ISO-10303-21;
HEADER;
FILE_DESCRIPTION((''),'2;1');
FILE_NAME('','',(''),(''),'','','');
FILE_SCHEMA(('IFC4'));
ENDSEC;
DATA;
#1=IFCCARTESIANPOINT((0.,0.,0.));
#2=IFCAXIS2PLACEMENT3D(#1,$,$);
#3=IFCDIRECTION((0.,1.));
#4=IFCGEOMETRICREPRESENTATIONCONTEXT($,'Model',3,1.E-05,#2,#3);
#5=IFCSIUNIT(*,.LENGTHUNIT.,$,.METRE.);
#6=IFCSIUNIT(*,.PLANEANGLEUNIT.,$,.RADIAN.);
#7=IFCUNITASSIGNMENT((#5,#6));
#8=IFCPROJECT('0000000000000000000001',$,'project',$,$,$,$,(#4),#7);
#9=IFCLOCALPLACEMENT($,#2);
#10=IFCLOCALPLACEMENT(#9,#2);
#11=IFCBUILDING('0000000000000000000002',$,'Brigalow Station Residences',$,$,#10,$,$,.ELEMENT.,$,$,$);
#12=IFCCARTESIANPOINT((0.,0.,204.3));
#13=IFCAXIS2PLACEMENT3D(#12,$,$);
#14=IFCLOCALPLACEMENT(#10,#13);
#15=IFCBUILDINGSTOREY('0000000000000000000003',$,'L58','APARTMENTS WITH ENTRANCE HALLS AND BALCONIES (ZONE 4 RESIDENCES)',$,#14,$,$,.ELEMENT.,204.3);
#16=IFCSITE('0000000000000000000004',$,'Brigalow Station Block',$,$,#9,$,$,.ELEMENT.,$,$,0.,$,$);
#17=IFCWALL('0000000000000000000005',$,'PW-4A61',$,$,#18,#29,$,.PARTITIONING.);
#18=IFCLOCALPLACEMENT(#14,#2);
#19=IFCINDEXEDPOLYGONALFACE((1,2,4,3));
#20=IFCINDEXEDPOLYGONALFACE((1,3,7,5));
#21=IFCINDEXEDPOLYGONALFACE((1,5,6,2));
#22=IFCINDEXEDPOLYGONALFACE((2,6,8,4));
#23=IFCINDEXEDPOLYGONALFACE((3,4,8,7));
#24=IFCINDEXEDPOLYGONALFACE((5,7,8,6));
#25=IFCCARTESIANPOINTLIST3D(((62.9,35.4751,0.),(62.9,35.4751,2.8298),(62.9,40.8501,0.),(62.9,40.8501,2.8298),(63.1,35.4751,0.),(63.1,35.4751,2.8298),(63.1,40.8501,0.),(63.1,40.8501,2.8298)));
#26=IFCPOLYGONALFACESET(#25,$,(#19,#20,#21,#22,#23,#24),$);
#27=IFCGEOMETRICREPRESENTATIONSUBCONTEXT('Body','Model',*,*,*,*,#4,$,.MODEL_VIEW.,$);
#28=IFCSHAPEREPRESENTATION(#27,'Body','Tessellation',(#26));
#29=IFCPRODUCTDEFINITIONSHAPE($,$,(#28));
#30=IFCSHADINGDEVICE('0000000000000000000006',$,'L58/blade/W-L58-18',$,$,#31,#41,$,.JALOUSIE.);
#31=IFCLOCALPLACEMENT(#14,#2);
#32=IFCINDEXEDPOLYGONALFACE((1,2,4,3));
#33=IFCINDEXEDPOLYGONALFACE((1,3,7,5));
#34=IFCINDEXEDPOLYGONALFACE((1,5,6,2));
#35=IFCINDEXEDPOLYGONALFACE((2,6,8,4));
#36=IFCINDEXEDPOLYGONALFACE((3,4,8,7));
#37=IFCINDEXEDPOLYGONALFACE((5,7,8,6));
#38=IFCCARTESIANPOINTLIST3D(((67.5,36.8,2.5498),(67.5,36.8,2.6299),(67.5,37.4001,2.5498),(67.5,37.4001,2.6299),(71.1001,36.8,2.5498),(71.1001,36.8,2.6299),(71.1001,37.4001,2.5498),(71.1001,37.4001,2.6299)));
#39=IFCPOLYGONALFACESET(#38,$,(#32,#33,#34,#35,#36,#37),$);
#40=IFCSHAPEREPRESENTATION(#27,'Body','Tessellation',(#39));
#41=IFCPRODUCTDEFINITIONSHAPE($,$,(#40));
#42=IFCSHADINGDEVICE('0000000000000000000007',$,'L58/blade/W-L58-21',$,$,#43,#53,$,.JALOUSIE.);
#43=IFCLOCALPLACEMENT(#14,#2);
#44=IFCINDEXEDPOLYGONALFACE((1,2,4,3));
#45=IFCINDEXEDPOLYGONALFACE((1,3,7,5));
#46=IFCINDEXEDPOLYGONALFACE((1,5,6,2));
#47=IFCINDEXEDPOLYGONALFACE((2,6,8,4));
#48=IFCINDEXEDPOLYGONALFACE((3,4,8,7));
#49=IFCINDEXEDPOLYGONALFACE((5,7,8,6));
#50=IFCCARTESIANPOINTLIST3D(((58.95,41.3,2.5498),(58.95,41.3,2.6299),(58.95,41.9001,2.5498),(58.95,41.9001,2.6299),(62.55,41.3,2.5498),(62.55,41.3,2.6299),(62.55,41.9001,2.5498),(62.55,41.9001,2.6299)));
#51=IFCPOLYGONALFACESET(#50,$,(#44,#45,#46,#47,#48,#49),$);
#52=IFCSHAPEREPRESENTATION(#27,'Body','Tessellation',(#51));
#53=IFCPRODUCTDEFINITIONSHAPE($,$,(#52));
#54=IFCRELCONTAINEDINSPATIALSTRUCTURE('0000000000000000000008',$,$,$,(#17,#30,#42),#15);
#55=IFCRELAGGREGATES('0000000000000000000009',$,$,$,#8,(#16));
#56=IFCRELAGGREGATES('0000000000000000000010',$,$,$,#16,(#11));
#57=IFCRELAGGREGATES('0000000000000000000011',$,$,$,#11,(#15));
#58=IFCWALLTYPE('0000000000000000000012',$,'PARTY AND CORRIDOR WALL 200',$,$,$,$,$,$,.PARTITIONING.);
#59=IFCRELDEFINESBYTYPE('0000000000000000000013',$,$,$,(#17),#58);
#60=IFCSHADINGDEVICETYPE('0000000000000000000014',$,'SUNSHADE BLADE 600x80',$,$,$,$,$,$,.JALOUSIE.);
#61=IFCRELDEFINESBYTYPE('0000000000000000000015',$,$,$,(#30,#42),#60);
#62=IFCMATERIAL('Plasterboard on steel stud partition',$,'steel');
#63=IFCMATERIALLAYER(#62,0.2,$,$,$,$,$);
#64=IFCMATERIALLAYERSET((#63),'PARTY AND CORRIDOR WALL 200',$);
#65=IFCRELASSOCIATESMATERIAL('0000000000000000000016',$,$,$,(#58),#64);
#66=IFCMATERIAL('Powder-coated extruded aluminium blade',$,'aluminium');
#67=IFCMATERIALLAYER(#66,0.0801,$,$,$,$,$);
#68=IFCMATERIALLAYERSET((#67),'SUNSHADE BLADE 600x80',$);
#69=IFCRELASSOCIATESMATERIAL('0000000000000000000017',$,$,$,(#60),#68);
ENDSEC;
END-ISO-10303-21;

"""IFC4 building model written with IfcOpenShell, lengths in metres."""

from ifc_helpers import new_model, si_unit, direction, frame, frame_2d, origin, origin_2d, place, context, subcontext, project, spatial, rectangle, extrude, material, layer, layer_set, type_object, element, save


model = new_model("IFC4")

# Units and contexts
model_context = context("Model", 3, precision=1e-05, world=origin(), true_north=direction((0.0, 1.0)))
body_context = subcontext(model_context, "Body", "Model", "MODEL_VIEW")
ifc_project = project(units=[si_unit("LENGTHUNIT", "METRE"), si_unit("PLANEANGLEUNIT", "RADIAN")], contexts=[model_context])

# Site, building, storey
site_placement = place(None, origin())
site = spatial("IfcSite", under=ifc_project, at=site_placement, Name="Brigalow Station Block", CompositionType="ELEMENT", RefElevation=0.0)
building_placement = place(site_placement, origin())
building = spatial("IfcBuilding", under=site, at=building_placement, Name="Brigalow Station Residences", CompositionType="ELEMENT")
storey_placement = place(building_placement, frame((0.0, 0.0, 204.3)))
storey = spatial("IfcBuildingStorey", under=building, at=storey_placement, Name="L58", Description="APARTMENTS WITH ENTRANCE HALLS AND BALCONIES (ZONE 4 RESIDENCES)", CompositionType="ELEMENT", Elevation=204.3)

# Wall
ifc_material_1 = material(Name="Plasterboard on steel stud partition", Category="steel")
ifc_layer_1 = layer(ifc_material_1, 0.2)
ifc_layer_set_1 = layer_set([ifc_layer_1], Name="PARTY AND CORRIDOR WALL 200")
wall_type_1 = type_object("IfcWallType", Name="PARTY AND CORRIDOR WALL 200", PredefinedType="PARTITIONING", material=ifc_layer_set_1)
wall_1_placement = place(storey_placement, frame((63.0, 35.4751, 0.0), z_axis=(0.0, 0.0, 1.0), x_axis=(0.0, 1.0, 0.0)))
element("IfcWall", 1, at=wall_1_placement, inside=storey, type_object=wall_type_1, Name="PW-4A61", PredefinedType="PARTITIONING", context=body_context, shape_type="SweptSolid", body=[
    extrude(rectangle(XDim=5.375, YDim=0.2, at=frame_2d((2.6875, 0.0))), origin(), (0.0, 0.0, 1.0), 2.8298),
])

# Shading devices
ifc_material_2 = material(Name="Powder-coated extruded aluminium blade", Category="aluminium")
ifc_layer_2 = layer(ifc_material_2, 0.0801)
ifc_layer_set_2 = layer_set([ifc_layer_2], Name="SUNSHADE BLADE 600x80")
shading_device_type = type_object("IfcShadingDeviceType", Name="SUNSHADE BLADE 600x80", PredefinedType="JALOUSIE", material=ifc_layer_set_2)
for number, where, z_axis, x_axis, name in (
    (2, (69.3, 37.1001, 2.5498), (0.0, 0.0, 1.0), (-1.0, 0.0, 0.0), "L58/blade/W-L58-18"),
    (3, (60.75, 41.6001, 2.5498), (0.0, 0.0, 1.0), (-1.0, 0.0, 0.0), "L58/blade/W-L58-21"),
):
    element("IfcShadingDevice", number, at=place(storey_placement, frame(where, z_axis=z_axis, x_axis=x_axis)), inside=storey, type_object=shading_device_type, Name=name, PredefinedType="JALOUSIE", context=body_context, shape_type="SweptSolid", body=[
        extrude(rectangle(XDim=3.6001, YDim=0.6001, at=origin_2d()), origin(), (0.0, 0.0, 1.0), 0.0801),
    ])

save(model, "model.ifc")
